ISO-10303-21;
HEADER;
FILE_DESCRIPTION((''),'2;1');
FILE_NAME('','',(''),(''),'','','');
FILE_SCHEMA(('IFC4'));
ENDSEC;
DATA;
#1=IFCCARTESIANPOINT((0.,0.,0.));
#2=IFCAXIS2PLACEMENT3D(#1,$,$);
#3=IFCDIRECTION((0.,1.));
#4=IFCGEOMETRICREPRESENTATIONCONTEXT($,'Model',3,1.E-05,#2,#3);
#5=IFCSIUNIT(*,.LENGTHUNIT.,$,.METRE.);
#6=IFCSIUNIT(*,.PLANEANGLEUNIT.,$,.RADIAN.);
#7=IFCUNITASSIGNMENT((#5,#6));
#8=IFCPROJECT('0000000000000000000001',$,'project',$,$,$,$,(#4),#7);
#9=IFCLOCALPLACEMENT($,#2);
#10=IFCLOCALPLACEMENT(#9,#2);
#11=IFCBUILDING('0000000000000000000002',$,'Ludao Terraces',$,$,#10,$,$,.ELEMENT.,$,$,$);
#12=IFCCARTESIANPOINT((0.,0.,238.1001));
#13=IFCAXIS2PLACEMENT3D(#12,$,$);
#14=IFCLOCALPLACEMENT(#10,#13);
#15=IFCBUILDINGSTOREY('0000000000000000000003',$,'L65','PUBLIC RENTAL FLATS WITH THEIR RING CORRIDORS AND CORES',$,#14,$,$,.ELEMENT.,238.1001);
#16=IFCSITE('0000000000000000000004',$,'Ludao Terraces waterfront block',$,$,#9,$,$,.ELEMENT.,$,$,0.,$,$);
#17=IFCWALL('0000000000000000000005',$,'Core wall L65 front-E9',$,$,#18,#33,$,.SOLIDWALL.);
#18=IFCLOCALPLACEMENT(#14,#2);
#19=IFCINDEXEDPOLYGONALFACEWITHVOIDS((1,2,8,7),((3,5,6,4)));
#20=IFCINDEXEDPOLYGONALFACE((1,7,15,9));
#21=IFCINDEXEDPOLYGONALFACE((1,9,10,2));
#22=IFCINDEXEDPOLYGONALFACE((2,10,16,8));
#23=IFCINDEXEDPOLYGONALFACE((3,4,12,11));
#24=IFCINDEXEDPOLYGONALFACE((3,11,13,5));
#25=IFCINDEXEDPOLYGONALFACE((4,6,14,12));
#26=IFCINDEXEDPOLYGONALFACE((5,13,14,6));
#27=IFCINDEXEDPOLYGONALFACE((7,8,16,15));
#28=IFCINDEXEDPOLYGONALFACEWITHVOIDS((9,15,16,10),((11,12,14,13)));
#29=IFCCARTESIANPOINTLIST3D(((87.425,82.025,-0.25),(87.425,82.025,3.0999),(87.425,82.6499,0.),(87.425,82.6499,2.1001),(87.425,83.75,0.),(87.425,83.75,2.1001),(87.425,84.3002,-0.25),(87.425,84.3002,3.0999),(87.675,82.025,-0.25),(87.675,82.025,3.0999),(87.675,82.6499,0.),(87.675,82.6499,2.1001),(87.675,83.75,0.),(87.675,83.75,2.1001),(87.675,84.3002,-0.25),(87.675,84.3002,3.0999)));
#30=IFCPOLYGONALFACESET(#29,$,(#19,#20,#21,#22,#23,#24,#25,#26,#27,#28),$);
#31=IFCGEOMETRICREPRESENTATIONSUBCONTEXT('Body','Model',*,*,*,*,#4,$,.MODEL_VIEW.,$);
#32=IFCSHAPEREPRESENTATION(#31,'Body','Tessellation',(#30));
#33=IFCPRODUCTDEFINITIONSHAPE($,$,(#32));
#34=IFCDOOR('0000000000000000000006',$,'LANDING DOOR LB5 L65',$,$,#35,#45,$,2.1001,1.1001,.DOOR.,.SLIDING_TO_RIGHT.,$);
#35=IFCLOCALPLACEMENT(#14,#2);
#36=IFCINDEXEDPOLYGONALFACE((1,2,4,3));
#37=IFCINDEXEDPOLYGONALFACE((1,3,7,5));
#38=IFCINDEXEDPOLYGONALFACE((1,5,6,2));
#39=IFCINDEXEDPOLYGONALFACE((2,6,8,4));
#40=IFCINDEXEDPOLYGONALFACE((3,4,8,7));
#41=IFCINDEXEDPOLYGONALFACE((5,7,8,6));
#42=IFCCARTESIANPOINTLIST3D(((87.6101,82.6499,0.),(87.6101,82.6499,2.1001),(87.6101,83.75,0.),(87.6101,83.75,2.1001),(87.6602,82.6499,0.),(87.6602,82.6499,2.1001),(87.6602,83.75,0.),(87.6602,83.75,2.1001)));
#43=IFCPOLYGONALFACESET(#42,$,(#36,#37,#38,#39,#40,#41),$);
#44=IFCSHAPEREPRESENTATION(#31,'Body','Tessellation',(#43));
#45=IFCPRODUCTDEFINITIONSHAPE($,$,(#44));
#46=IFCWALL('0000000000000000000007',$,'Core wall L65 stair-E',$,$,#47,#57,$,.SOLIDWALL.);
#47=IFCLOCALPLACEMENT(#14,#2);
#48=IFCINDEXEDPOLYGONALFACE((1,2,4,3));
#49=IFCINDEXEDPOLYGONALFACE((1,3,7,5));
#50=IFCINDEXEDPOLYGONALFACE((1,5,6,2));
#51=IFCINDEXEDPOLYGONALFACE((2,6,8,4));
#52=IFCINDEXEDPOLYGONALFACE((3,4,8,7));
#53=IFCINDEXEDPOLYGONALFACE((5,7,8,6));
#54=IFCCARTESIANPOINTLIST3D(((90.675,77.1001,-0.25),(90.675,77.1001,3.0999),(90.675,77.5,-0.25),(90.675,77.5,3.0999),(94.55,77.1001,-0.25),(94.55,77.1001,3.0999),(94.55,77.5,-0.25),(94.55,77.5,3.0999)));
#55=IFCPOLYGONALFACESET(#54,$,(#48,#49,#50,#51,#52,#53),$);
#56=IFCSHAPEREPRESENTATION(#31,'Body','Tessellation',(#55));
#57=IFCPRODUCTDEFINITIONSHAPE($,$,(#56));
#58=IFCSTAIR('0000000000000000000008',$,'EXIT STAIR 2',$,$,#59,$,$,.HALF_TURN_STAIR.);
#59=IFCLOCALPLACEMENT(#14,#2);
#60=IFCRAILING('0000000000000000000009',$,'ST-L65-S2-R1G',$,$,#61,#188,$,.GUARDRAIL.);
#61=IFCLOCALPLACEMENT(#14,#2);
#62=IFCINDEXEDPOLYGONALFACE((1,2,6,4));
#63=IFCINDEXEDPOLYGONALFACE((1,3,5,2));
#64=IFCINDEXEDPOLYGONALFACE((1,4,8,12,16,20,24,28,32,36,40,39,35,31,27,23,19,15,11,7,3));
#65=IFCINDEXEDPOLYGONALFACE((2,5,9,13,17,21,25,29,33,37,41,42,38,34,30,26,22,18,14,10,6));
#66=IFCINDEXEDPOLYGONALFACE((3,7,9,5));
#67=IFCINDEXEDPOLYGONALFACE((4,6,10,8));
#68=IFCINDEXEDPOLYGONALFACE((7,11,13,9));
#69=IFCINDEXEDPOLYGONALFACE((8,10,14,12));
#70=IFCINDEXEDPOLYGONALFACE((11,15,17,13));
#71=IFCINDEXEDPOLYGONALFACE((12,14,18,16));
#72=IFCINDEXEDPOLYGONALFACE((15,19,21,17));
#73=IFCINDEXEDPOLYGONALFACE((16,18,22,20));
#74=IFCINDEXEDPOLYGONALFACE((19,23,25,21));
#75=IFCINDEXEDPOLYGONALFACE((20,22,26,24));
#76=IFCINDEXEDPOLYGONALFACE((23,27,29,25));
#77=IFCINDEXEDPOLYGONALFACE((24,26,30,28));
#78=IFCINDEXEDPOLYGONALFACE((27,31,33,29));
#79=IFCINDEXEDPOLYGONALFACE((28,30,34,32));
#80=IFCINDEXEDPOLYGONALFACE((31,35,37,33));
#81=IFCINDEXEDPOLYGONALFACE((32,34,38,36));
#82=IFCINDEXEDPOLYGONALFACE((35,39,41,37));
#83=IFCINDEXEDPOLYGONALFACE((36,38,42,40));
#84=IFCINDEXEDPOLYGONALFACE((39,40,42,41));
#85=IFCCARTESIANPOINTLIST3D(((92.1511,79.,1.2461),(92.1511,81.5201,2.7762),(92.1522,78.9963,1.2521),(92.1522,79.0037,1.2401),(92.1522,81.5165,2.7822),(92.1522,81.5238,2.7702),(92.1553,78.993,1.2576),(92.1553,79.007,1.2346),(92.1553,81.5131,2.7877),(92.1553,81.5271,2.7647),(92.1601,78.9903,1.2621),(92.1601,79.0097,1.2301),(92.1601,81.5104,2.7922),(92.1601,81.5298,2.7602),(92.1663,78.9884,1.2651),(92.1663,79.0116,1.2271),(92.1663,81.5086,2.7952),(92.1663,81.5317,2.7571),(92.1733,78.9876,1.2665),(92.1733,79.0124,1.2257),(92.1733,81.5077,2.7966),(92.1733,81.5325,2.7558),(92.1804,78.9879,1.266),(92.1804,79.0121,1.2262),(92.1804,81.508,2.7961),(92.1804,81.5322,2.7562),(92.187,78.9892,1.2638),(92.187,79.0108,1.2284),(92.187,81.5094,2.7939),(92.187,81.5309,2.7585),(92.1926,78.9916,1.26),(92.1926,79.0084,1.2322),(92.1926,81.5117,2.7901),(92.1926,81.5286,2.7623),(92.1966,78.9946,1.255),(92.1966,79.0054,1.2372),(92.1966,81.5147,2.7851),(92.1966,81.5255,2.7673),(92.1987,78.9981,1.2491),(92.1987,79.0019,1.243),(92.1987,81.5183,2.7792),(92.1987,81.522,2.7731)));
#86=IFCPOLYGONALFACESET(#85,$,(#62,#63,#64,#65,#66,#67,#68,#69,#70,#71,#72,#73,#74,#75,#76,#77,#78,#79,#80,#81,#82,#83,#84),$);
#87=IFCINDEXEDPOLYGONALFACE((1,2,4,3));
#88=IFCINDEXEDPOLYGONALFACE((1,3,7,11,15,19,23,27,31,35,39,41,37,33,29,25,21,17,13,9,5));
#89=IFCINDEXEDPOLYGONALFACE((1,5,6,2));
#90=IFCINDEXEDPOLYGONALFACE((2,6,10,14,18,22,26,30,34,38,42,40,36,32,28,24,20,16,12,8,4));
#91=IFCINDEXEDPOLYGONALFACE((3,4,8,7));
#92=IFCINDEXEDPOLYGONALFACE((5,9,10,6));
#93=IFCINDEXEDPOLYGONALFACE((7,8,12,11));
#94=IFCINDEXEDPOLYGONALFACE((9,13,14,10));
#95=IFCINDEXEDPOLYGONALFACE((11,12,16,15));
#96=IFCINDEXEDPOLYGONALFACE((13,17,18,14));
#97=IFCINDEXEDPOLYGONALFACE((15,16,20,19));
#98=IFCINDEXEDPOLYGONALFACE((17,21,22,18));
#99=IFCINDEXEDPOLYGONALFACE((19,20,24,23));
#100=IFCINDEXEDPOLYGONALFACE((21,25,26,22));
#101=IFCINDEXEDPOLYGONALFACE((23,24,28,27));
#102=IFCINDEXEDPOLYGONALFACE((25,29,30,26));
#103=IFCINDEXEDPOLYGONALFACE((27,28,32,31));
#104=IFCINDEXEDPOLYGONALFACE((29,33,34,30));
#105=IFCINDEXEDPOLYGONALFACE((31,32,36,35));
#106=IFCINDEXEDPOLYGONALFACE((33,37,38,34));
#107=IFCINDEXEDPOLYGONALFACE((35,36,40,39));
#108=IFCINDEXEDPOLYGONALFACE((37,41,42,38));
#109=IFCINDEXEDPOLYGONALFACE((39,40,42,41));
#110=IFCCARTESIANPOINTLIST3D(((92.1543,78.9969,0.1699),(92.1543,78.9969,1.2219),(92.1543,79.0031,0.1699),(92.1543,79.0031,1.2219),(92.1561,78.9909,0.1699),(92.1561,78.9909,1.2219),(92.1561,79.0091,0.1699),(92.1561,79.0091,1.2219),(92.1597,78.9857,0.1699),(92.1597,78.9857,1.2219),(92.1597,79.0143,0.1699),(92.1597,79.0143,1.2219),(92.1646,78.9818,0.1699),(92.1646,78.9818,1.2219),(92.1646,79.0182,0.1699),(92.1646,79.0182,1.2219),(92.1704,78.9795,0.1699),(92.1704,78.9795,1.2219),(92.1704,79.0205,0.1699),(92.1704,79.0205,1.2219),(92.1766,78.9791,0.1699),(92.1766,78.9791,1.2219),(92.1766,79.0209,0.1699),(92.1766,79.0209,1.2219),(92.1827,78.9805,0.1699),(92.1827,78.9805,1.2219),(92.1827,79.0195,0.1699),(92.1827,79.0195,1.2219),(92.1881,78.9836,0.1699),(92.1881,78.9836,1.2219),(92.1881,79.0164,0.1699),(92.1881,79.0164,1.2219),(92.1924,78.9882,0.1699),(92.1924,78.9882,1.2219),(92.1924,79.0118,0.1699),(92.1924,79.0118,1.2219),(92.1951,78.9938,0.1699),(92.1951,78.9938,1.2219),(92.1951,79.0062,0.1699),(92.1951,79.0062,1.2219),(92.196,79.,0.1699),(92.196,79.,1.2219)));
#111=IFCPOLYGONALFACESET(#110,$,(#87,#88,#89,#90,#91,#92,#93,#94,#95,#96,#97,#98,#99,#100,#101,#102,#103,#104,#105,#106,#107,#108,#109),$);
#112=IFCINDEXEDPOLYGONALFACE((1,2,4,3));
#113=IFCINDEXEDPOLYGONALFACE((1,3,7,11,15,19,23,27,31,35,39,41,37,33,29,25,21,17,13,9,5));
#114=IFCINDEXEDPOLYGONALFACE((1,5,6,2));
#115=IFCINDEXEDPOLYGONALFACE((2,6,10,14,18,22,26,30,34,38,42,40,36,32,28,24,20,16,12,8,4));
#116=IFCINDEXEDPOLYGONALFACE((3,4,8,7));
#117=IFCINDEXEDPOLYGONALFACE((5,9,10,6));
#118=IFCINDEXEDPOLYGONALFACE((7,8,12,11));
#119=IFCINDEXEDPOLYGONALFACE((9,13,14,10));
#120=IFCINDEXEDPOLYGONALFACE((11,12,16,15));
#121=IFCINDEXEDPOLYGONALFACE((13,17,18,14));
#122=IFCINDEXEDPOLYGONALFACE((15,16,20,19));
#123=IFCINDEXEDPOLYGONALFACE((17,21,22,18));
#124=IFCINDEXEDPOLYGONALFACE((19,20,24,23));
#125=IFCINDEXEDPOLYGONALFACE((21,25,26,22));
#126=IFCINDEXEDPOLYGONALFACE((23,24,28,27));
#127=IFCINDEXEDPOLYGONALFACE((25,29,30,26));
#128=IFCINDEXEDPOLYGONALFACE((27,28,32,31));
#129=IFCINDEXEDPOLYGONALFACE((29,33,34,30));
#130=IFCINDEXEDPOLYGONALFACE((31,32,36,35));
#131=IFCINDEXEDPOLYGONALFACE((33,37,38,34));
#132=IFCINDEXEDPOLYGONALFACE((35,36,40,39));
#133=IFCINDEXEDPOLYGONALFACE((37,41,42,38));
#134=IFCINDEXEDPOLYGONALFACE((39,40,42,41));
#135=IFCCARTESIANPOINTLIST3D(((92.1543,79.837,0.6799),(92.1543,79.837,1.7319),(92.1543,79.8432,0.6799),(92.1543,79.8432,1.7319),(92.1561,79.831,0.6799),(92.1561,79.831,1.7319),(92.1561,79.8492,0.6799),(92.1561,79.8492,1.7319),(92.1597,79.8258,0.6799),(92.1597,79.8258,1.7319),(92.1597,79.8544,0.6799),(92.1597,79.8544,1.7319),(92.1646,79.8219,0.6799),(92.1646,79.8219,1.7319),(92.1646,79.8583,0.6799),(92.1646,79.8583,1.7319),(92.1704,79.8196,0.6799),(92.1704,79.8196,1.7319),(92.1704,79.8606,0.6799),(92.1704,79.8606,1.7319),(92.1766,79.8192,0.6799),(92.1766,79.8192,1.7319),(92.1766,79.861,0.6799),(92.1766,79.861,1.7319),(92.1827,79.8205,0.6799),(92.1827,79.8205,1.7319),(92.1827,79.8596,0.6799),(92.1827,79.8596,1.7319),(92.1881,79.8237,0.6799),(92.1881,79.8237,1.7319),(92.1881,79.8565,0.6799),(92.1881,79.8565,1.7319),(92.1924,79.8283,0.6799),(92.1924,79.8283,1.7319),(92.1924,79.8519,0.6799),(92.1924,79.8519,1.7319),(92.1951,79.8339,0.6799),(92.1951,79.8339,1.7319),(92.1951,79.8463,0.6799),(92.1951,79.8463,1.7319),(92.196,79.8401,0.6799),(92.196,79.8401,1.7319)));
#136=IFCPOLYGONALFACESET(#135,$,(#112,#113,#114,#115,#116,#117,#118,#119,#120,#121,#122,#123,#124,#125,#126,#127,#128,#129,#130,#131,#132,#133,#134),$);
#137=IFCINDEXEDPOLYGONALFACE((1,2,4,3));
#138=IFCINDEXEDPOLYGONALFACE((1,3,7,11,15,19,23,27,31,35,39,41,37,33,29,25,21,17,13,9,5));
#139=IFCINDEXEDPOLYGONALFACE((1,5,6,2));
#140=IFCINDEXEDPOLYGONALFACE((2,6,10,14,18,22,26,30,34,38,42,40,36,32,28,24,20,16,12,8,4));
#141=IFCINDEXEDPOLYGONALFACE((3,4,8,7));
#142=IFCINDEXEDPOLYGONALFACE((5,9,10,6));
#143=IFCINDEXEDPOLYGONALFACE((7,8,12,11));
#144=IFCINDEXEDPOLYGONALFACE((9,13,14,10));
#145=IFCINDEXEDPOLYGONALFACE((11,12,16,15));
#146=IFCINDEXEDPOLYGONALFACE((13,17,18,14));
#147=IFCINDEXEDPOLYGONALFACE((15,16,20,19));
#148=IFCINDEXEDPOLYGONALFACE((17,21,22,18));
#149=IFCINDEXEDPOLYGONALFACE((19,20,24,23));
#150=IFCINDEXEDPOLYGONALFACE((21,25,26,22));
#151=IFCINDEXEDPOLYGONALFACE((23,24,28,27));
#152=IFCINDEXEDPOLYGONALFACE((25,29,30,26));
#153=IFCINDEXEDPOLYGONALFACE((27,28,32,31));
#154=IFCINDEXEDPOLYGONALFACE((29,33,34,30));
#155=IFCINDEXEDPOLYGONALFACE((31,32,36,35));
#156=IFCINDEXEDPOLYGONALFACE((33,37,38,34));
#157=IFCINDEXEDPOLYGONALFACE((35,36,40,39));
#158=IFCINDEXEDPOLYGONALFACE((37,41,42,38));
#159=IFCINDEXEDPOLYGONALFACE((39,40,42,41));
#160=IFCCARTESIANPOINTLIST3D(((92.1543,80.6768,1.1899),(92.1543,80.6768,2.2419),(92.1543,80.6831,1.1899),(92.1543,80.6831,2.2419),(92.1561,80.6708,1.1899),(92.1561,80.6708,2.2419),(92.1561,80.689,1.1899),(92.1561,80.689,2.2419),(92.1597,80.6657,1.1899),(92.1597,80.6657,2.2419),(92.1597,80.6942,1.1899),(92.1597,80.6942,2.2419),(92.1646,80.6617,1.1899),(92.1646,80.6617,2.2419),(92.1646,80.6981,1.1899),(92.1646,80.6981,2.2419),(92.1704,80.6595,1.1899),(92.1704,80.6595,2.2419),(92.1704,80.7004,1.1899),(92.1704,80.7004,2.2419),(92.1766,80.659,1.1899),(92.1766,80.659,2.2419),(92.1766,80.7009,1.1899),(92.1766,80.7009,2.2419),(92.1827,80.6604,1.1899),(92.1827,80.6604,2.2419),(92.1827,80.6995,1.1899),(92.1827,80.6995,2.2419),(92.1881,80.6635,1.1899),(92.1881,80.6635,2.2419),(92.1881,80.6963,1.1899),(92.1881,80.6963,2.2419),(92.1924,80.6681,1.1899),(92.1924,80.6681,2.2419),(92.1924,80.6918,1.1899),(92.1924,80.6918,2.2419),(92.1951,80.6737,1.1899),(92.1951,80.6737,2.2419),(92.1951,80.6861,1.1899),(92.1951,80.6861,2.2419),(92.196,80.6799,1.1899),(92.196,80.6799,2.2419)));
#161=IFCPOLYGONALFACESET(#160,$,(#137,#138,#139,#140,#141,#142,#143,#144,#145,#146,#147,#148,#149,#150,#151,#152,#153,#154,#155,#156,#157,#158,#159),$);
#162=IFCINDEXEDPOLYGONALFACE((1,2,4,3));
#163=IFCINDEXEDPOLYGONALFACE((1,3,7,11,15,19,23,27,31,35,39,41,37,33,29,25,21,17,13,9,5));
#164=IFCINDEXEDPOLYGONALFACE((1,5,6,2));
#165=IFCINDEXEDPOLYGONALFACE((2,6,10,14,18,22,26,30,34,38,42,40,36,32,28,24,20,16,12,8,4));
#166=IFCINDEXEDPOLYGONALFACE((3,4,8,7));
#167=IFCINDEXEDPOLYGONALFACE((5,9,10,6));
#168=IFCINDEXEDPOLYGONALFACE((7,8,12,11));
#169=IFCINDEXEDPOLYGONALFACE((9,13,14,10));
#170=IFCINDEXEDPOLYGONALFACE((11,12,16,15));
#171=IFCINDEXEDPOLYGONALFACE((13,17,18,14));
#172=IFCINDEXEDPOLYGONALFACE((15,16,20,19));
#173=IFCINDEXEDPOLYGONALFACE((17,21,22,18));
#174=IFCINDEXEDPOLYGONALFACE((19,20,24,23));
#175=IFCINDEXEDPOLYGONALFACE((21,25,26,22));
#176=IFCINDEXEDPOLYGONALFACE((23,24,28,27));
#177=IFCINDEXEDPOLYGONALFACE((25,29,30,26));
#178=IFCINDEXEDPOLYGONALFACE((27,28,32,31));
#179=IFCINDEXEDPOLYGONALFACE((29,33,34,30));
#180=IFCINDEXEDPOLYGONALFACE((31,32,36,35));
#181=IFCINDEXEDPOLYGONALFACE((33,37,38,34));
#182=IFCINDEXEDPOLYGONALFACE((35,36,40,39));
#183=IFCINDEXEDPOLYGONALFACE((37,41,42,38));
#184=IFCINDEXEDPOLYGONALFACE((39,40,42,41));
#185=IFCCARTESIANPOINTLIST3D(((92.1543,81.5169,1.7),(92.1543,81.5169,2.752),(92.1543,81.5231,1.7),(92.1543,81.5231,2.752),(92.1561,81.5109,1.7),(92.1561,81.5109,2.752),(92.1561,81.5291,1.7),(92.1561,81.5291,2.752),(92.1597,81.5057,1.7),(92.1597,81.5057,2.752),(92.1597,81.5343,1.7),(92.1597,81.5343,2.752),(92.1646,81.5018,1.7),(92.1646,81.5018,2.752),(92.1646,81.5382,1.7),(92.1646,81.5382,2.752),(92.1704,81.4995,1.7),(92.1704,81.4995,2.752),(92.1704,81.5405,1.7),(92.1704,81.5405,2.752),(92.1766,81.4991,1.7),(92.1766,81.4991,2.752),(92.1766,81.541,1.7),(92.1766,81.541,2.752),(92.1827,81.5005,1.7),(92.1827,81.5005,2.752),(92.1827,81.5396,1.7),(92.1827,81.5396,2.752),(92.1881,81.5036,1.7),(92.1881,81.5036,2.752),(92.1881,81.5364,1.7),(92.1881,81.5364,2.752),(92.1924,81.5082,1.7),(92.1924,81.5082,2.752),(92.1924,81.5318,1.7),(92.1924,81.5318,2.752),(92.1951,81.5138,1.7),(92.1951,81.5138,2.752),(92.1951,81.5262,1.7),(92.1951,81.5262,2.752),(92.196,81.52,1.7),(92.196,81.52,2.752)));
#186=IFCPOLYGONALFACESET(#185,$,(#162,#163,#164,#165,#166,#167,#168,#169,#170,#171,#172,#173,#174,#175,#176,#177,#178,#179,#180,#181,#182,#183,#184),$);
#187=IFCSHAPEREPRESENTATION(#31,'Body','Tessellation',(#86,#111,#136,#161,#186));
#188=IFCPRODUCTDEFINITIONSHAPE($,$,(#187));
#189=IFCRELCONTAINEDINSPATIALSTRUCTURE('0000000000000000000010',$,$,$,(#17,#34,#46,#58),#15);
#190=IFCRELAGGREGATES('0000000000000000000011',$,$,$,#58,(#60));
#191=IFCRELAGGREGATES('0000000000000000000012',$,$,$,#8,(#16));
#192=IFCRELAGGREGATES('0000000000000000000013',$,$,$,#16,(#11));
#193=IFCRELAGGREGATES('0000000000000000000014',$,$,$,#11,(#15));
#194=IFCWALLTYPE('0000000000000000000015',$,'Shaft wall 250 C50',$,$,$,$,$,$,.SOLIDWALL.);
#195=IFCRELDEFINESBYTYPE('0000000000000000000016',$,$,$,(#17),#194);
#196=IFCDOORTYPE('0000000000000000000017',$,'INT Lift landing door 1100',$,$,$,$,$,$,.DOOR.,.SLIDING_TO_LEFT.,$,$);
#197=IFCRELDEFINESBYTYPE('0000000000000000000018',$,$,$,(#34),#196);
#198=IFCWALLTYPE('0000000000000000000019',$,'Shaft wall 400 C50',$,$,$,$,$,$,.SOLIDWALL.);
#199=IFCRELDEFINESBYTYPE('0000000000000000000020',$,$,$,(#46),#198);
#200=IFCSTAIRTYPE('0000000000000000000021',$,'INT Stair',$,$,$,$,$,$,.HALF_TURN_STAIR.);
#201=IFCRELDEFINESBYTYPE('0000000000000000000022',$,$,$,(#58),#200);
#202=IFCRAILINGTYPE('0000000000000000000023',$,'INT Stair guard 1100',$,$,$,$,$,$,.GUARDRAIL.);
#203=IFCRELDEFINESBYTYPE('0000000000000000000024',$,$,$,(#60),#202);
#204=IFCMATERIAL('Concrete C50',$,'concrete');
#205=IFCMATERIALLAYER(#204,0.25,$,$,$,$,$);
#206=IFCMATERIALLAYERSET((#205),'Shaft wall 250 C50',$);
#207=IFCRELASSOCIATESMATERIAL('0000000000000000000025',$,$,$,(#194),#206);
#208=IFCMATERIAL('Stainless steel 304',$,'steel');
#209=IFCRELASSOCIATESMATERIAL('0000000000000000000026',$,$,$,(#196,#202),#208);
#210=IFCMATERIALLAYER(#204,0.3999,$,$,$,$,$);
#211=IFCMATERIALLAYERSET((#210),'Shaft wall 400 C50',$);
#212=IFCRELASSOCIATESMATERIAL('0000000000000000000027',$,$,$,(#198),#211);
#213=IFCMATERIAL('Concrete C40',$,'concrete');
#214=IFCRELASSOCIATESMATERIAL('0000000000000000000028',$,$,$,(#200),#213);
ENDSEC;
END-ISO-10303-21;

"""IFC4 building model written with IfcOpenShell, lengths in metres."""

from ifc_helpers import new_model, si_unit, direction, frame, frame_2d, origin, origin_2d, place, context, subcontext, project, spatial, rectangle, circle, extrude, material, layer, layer_set, type_object, element, fill, aggregate, save


model = new_model("IFC4")

# Units and contexts
model_context = context("Model", 3, precision=1e-05, world=origin(), true_north=direction((0.0, 1.0)))
body_context = subcontext(model_context, "Body", "Model", "MODEL_VIEW")
ifc_project = project(units=[si_unit("LENGTHUNIT", "METRE"), si_unit("PLANEANGLEUNIT", "RADIAN")], contexts=[model_context])

# Site, building, storey
site_placement = place(None, origin())
site = spatial("IfcSite", under=ifc_project, at=site_placement, Name="Ludao Terraces waterfront block", CompositionType="ELEMENT", RefElevation=0.0)
building_placement = place(site_placement, origin())
building = spatial("IfcBuilding", under=site, at=building_placement, Name="Ludao Terraces", CompositionType="ELEMENT")
storey_placement = place(building_placement, frame((0.0, 0.0, 238.1001)))
storey = spatial("IfcBuildingStorey", under=building, at=storey_placement, Name="L65", Description="PUBLIC RENTAL FLATS WITH THEIR RING CORRIDORS AND CORES", CompositionType="ELEMENT", Elevation=238.1001)

# Shared definitions
ifc_material_1 = material(Name="Concrete C40", Category="concrete")

# Shared definitions
ifc_material_2 = material(Name="Concrete C50", Category="concrete")

# Shared definitions
ifc_layer_1 = layer(ifc_material_2, 0.25)
ifc_layer_set_1 = layer_set([ifc_layer_1], Name="Shaft wall 250 C50")
wall_type_1 = type_object("IfcWallType", Name="Shaft wall 250 C50", PredefinedType="SOLIDWALL", material=ifc_layer_set_1)

# Shared definitions
ifc_material_3 = material(Name="Stainless steel 304", Category="steel")
door_type_1 = type_object("IfcDoorType", Name="INT Lift landing door 1100", OperationType="SLIDING_TO_LEFT", PredefinedType="DOOR", material=ifc_material_3)

# Wall, opening, door
wall_1_placement = place(storey_placement, frame((87.55, 82.0249, -0.25), z_axis=(0.0, 0.0, 1.0), x_axis=(0.0, 1.0, 0.0)))
wall_1 = element("IfcWall", 1, at=wall_1_placement, inside=storey, type_object=wall_type_1, Name="Core wall L65 front-E9", PredefinedType="SOLIDWALL", context=body_context, shape_type="SweptSolid", body=[
    extrude(rectangle(XDim=2.2751, YDim=0.25, at=frame_2d((1.1377, 0.0))), origin(), (0.0, 0.0, 1.0), 3.3499),
])
opening_1_placement = place(wall_1_placement, frame((0.625, 0.0, 0.25)))
opening_1 = element("IfcOpeningElement", 2, at=opening_1_placement, cuts=wall_1, PredefinedType="OPENING", context=body_context, shape_type="SweptSolid", body=[
    extrude(rectangle(XDim=1.1001, YDim=2.1001, at=frame_2d((0.55, 1.05))), frame((0.0, 0.135, 0.0), z_axis=(0.0, -1.0, 0.0), x_axis=(1.0, 0.0, 0.0)), (0.0, 0.0, 1.0), 0.27),
])
door_1_placement = place(opening_1_placement, origin())
door_1 = element("IfcDoor", 3, at=door_1_placement, inside=storey, type_object=door_type_1, Name="LANDING DOOR LB5 L65", OperationType="SLIDING_TO_RIGHT", OverallHeight=2.1001, OverallWidth=1.1001, PredefinedType="DOOR", context=body_context, shape_type="SweptSolid", body=[
    extrude(rectangle(XDim=1.1001, YDim=2.1001, at=frame_2d((0.55, 1.05))), frame((0.0, -0.0601, 0.0), z_axis=(0.0, -1.0, 0.0), x_axis=(1.0, 0.0, 0.0)), (0.0, 0.0, 1.0), 0.05),
])
fill(opening_1, door_1)

# Wall
ifc_layer_2 = layer(ifc_material_2, 0.3999)
ifc_layer_set_2 = layer_set([ifc_layer_2], Name="Shaft wall 400 C50")
wall_type_2 = type_object("IfcWallType", Name="Shaft wall 400 C50", PredefinedType="SOLIDWALL", material=ifc_layer_set_2)
wall_2_placement = place(storey_placement, frame((90.675, 77.3, -0.25), z_axis=(0.0, 0.0, 1.0), x_axis=(1.0, 0.0, 0.0)))
element("IfcWall", 4, at=wall_2_placement, inside=storey, type_object=wall_type_2, Name="Core wall L65 stair-E", PredefinedType="SOLIDWALL", context=body_context, shape_type="SweptSolid", body=[
    extrude(rectangle(XDim=3.875, YDim=0.3999, at=frame_2d((1.9375, 0.0))), origin(), (0.0, 0.0, 1.0), 3.3499),
])

# Stair, railing
stair_type = type_object("IfcStairType", Name="INT Stair", PredefinedType="HALF_TURN_STAIR", material=ifc_material_1)
stair_placement = place(storey_placement, origin())
stair = element("IfcStair", 5, at=stair_placement, inside=storey, type_object=stair_type, Name="EXIT STAIR 2", PredefinedType="HALF_TURN_STAIR")
railing_type_1 = type_object("IfcRailingType", Name="INT Stair guard 1100", PredefinedType="GUARDRAIL", material=ifc_material_3)
railing_1_placement = place(storey_placement, frame((92.175, 79.0, 0.1699)))
railing_1 = element("IfcRailing", 6, at=railing_1_placement, type_object=railing_type_1, Name="ST-L65-S2-R1G", PredefinedType="GUARDRAIL", context=body_context, shape_type="SweptSolid", body=[
    extrude(circle(Radius=0.0239, at=origin_2d()), frame((0.0, 0.0, 1.0762), z_axis=(0.0, 0.854785, 0.518982), x_axis=(-1.0, 0.0, 0.0)), (0.0, 0.0, 1.0), 2.9482),
    extrude(circle(Radius=0.021, at=origin_2d()), origin(), (0.0, 0.0, 1.0), 1.052),
    extrude(circle(Radius=0.021, at=origin_2d()), frame((0.0, 0.8401, 0.51)), (0.0, 0.0, 1.0), 1.052),
    extrude(circle(Radius=0.021, at=origin_2d()), frame((0.0, 1.6799, 1.02)), (0.0, 0.0, 1.0), 1.052),
    extrude(circle(Radius=0.021, at=origin_2d()), frame((0.0, 2.52, 1.53)), (0.0, 0.0, 1.0), 1.052),
])
aggregate(stair, [railing_1])

save(model, "model.ifc")
